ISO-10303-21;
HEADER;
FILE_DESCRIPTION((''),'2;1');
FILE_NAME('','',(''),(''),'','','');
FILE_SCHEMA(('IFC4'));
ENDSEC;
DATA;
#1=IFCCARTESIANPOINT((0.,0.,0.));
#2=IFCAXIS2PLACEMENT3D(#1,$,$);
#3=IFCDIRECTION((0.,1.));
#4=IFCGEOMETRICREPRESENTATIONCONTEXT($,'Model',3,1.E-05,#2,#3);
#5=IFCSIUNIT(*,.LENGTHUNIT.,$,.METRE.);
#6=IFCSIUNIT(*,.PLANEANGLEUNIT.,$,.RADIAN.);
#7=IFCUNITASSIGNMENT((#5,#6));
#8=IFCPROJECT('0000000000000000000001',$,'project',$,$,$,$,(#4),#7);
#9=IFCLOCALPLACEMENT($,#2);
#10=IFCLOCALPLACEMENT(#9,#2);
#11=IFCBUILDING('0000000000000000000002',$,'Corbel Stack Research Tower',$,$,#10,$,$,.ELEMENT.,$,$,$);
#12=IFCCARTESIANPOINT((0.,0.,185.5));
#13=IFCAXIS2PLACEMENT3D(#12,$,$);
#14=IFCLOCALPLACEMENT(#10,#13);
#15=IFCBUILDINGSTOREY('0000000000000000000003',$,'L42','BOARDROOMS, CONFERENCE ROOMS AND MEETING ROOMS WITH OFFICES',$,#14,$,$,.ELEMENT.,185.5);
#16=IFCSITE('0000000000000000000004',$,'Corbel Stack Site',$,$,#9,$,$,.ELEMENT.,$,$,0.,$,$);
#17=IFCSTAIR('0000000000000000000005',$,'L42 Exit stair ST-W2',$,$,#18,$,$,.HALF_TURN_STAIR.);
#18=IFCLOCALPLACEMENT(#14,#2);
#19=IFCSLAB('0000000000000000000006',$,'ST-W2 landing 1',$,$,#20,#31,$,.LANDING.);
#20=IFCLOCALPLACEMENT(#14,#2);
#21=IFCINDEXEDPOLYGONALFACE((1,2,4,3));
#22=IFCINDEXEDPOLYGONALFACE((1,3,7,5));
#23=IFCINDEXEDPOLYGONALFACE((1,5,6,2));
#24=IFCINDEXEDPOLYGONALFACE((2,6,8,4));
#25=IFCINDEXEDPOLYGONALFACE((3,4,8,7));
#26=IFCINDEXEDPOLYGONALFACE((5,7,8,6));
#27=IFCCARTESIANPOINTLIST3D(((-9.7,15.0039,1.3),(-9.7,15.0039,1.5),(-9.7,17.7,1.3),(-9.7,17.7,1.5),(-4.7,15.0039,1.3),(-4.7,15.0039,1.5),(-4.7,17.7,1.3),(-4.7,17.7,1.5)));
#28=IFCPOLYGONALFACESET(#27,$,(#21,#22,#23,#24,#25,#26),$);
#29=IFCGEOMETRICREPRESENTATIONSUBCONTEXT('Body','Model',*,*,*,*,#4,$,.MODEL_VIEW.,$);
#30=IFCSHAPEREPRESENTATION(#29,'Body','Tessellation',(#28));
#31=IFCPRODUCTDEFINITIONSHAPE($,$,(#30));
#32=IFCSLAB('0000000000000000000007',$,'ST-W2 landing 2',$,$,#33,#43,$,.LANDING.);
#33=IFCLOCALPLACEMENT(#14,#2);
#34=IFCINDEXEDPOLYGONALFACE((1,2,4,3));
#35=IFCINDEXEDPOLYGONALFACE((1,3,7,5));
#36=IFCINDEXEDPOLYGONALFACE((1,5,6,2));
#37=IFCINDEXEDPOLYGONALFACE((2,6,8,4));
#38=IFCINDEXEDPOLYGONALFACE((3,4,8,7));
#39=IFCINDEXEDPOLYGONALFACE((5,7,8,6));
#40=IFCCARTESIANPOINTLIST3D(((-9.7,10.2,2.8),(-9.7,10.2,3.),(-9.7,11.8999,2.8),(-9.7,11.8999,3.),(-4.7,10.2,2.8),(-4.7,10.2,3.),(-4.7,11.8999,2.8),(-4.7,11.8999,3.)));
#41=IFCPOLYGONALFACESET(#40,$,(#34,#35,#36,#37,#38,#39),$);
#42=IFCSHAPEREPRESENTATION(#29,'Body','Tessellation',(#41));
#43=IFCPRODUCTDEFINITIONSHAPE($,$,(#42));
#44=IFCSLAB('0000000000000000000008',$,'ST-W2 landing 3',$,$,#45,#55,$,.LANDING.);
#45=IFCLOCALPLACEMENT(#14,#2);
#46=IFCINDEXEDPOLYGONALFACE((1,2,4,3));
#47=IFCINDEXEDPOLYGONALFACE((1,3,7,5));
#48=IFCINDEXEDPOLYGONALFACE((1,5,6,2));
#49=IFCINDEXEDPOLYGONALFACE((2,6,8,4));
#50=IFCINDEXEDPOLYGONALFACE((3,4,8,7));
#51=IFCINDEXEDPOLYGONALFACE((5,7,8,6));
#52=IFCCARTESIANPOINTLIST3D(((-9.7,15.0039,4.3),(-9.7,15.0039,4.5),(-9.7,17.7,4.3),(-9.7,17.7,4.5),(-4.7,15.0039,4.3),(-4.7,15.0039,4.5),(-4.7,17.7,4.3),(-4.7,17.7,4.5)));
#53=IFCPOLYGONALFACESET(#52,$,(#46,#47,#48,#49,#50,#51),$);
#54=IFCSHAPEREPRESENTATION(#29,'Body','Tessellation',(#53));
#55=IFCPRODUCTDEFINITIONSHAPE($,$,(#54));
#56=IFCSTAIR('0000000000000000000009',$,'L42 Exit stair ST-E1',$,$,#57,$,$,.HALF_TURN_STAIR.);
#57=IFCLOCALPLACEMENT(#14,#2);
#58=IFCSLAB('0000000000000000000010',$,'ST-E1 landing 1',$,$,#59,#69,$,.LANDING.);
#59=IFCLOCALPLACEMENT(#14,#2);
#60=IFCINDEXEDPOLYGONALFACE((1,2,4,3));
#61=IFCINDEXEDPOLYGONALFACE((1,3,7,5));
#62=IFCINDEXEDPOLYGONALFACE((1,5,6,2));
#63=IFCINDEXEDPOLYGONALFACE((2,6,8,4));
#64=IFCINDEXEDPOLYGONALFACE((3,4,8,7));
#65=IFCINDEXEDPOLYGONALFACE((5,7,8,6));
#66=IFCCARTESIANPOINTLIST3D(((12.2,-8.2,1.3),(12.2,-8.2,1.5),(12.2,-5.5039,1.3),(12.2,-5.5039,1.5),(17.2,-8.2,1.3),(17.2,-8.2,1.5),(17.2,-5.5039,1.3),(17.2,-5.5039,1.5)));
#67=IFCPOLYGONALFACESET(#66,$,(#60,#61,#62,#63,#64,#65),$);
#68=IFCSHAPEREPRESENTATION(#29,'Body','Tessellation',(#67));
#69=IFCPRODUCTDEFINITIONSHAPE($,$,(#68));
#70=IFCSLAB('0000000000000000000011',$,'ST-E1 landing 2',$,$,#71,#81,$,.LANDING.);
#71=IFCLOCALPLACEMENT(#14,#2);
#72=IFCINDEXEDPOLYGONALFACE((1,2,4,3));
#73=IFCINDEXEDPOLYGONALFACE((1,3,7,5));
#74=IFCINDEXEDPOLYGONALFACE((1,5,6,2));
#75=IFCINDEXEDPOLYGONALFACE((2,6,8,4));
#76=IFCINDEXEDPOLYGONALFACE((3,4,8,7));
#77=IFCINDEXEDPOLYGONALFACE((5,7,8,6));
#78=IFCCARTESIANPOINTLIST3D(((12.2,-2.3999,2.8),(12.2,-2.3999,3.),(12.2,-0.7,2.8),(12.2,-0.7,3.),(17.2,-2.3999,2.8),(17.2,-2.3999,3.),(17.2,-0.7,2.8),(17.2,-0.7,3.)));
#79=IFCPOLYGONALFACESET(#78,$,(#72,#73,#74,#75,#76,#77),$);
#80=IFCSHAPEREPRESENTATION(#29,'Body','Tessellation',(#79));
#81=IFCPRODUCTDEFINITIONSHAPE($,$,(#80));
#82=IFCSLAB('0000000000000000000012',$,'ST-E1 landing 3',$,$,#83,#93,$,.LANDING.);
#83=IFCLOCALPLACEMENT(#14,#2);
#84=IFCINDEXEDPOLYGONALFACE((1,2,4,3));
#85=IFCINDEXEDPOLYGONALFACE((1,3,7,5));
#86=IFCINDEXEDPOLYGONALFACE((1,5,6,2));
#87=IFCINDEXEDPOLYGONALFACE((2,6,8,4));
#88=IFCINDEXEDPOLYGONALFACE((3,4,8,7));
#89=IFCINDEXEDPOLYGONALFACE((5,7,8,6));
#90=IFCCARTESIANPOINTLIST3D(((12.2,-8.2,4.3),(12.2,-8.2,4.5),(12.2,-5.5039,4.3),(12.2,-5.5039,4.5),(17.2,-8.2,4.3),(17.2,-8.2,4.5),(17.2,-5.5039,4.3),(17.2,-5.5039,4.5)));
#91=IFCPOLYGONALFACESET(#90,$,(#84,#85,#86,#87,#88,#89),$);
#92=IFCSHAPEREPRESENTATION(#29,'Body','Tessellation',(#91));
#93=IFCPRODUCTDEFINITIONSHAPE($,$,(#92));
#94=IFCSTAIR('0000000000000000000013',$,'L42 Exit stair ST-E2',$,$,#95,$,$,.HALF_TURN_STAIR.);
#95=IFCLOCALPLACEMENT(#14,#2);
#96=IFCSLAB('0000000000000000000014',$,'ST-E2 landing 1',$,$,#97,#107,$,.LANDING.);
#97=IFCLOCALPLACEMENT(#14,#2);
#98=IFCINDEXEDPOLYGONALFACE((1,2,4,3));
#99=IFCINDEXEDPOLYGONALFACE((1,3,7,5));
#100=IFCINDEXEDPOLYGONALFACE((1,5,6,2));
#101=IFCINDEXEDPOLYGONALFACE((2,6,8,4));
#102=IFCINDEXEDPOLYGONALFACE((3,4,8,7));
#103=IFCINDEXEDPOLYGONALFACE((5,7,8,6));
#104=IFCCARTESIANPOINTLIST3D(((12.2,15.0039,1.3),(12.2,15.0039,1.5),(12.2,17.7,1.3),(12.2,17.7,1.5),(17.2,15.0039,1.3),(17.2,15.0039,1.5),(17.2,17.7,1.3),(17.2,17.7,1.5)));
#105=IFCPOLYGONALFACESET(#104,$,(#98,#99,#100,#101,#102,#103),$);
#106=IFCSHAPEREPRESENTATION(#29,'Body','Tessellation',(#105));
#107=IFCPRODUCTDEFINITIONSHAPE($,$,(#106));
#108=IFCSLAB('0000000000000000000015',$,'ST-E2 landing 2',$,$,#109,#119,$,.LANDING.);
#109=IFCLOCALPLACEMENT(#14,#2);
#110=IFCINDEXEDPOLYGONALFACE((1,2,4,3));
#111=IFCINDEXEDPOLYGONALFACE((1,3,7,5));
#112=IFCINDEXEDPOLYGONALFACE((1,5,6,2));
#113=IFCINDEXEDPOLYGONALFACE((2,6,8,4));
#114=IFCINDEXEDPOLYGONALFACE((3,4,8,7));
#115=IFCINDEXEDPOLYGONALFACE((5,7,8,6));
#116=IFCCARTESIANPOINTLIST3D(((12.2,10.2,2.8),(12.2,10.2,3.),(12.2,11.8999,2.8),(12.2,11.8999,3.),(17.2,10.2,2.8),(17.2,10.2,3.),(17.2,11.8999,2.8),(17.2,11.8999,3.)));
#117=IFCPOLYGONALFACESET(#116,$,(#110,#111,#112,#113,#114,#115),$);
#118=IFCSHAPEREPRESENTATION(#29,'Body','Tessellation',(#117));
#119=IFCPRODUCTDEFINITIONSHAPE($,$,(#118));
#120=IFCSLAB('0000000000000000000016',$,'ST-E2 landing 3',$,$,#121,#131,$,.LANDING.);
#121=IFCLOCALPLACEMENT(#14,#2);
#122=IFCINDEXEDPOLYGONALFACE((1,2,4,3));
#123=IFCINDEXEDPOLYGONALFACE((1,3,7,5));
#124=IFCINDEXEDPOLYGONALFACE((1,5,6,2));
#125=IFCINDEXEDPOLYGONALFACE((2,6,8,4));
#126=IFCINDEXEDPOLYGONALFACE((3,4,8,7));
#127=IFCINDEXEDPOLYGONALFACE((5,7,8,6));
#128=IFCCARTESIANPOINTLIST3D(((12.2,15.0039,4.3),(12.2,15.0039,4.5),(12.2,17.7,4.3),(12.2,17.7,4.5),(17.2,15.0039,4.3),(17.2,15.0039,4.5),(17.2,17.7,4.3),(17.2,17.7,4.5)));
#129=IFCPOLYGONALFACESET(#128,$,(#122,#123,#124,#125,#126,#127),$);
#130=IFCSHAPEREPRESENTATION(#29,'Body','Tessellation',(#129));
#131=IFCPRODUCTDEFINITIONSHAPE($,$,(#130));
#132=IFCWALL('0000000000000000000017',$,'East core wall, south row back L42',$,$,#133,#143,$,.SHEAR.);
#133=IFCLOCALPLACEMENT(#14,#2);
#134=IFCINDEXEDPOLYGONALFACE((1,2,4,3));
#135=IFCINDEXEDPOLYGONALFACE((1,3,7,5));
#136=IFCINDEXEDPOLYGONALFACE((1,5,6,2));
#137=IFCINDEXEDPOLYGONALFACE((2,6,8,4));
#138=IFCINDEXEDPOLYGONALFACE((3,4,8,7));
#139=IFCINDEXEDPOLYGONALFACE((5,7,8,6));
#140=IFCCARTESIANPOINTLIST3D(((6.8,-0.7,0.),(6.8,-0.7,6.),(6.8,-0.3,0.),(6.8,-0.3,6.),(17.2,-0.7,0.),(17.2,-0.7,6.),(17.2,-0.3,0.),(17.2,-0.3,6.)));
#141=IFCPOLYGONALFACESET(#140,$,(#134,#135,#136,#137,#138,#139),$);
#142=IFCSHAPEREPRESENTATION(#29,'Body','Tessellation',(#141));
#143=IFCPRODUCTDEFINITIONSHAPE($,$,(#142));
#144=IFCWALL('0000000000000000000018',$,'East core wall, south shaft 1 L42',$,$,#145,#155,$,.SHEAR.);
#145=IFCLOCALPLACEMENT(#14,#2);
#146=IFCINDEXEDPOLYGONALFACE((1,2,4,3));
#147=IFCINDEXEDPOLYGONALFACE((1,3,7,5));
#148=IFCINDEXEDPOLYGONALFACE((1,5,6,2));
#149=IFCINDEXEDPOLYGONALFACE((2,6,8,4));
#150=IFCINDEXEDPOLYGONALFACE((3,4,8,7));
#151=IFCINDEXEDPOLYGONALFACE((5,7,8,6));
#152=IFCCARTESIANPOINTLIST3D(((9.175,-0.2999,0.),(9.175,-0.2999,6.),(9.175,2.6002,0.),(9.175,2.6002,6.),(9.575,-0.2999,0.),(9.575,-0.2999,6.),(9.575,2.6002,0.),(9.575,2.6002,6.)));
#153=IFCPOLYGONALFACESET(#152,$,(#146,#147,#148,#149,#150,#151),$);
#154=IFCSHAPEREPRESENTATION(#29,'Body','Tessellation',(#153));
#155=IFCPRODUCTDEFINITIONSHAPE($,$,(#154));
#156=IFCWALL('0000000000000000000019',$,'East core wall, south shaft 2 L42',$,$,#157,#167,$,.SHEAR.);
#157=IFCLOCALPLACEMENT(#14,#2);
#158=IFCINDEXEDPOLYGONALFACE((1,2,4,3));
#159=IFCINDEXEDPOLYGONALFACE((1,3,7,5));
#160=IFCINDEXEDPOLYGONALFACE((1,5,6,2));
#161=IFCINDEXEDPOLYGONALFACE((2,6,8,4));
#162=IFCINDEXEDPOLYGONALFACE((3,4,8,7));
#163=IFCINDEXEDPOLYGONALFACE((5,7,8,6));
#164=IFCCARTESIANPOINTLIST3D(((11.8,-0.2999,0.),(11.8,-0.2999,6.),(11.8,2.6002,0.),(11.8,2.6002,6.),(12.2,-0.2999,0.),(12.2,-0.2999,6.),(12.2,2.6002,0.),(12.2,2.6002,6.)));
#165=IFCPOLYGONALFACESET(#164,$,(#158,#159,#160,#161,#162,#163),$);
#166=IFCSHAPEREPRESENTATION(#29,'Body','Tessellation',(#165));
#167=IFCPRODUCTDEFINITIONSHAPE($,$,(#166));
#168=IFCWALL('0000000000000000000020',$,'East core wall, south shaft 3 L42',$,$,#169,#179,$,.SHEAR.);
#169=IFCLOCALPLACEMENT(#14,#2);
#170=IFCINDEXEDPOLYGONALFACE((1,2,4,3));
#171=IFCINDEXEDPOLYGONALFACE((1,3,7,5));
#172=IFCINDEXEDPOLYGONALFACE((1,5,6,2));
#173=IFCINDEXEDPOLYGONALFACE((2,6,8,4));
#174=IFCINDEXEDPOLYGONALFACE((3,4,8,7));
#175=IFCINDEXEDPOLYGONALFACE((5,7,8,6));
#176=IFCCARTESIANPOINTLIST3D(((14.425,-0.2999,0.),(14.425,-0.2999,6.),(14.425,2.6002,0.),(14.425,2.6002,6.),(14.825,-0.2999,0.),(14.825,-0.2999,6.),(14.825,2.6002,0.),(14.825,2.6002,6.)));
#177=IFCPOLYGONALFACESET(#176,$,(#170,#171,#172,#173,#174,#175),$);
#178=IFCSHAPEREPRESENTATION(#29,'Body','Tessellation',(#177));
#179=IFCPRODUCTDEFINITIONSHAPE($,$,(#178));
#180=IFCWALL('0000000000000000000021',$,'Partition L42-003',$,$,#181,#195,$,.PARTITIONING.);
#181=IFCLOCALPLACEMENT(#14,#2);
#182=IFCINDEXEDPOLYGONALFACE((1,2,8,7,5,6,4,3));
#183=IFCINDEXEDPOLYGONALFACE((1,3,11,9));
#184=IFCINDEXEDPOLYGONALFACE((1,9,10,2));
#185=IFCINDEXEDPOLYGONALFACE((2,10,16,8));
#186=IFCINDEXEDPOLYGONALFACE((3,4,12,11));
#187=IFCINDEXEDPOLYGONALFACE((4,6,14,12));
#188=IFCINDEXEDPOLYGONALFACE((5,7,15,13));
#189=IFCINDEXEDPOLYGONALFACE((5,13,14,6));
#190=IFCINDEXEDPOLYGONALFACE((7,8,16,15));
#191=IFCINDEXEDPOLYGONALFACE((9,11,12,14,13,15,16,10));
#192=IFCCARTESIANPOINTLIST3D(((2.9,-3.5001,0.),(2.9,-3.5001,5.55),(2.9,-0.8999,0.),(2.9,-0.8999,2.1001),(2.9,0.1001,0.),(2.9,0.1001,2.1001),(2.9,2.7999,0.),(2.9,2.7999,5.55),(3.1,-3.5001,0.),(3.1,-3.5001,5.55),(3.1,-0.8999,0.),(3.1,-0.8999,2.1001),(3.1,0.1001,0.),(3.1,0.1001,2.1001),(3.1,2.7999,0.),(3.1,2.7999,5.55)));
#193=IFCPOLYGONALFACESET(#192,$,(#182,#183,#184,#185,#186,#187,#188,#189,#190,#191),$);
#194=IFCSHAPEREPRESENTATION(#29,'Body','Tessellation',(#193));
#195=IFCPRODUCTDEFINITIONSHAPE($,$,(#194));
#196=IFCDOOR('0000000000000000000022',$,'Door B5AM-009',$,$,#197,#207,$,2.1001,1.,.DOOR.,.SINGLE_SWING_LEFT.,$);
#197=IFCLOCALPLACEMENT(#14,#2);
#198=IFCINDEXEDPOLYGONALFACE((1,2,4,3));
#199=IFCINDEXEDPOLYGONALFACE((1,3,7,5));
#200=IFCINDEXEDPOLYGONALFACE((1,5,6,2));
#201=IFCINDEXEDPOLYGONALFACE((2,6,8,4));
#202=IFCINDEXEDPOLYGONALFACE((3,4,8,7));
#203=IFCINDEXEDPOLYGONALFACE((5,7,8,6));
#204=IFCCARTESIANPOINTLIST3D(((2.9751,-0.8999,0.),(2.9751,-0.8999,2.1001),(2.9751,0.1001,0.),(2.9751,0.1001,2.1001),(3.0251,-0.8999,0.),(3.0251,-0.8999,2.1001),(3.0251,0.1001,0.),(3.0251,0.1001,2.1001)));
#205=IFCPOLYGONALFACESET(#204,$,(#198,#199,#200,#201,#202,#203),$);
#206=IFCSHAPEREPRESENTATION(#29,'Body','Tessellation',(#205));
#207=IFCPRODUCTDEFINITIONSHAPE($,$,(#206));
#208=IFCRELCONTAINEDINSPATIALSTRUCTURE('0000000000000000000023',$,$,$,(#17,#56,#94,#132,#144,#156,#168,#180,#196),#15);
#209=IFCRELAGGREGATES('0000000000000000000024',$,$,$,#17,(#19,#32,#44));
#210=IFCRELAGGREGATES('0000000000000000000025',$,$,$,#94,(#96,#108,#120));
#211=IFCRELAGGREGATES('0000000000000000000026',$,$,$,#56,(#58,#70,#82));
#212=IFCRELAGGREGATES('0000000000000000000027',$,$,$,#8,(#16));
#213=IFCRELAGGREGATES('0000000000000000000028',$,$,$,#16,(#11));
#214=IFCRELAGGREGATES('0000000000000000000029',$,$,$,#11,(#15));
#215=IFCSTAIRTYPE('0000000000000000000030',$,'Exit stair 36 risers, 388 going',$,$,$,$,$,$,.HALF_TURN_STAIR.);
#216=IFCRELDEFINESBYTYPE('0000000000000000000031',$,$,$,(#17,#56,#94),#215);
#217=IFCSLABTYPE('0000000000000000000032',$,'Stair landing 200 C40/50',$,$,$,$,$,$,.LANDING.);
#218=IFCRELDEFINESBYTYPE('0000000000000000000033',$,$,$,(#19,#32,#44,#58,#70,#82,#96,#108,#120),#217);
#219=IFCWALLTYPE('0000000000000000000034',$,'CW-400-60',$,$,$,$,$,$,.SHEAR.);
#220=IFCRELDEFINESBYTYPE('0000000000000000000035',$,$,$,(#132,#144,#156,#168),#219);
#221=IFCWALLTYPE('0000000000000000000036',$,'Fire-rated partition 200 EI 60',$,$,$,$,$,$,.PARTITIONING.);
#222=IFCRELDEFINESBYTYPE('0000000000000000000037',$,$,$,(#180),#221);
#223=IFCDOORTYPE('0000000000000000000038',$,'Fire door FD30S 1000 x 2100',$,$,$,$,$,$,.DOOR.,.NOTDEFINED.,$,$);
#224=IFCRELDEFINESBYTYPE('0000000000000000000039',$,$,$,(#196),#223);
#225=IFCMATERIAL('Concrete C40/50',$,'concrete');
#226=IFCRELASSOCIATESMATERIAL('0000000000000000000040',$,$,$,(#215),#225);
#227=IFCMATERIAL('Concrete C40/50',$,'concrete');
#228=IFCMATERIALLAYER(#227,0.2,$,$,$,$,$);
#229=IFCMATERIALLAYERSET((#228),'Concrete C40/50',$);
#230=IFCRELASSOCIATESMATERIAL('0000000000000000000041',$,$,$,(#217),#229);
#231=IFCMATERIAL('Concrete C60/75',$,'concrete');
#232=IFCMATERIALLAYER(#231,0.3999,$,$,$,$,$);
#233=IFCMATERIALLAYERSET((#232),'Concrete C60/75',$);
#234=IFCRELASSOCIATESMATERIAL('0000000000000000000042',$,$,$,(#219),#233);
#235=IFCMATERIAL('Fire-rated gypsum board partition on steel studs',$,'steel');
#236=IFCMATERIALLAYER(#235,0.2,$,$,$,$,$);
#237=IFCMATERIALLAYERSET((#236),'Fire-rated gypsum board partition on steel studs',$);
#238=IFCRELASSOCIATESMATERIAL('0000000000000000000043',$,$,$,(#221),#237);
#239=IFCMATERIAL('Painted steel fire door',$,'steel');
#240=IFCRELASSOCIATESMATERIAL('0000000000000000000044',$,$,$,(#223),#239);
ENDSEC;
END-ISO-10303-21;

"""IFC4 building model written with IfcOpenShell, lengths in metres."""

from ifc_helpers import new_model, si_unit, direction, frame, frame_2d, origin, place, context, subcontext, project, spatial, polyline, rectangle, outline, extrude, material, layer, layer_set, type_object, element, fill, aggregate, save


model = new_model("IFC4")

# Units and contexts
model_context = context("Model", 3, precision=1e-05, world=origin(), true_north=direction((0.0, 1.0)))
body_context = subcontext(model_context, "Body", "Model", "MODEL_VIEW")
ifc_project = project(units=[si_unit("LENGTHUNIT", "METRE"), si_unit("PLANEANGLEUNIT", "RADIAN")], contexts=[model_context])

# Site, building, storey
site_placement = place(None, origin())
site = spatial("IfcSite", under=ifc_project, at=site_placement, Name="Corbel Stack Site", CompositionType="ELEMENT", RefElevation=0.0)
building_placement = place(site_placement, origin())
building = spatial("IfcBuilding", under=site, at=building_placement, Name="Corbel Stack Research Tower", CompositionType="ELEMENT")
storey_placement = place(building_placement, frame((0.0, 0.0, 185.5)))
storey = spatial("IfcBuildingStorey", under=building, at=storey_placement, Name="L42", Description="BOARDROOMS, CONFERENCE ROOMS AND MEETING ROOMS WITH OFFICES", CompositionType="ELEMENT", Elevation=185.5)

# Stairs, slabs
ifc_material_1 = material(Name="Concrete C40/50", Category="concrete")
stair_type = type_object("IfcStairType", Name="Exit stair 36 risers, 388 going", PredefinedType="HALF_TURN_STAIR", material=ifc_material_1)
stair_1_placement = place(storey_placement, origin())
stair_1 = element("IfcStair", 1, at=stair_1_placement, inside=storey, type_object=stair_type, Name="L42 Exit stair ST-W2", PredefinedType="HALF_TURN_STAIR")
ifc_material_2 = material(Name="Concrete C40/50", Category="concrete")
ifc_layer_1 = layer(ifc_material_2, 0.2)
ifc_layer_set_1 = layer_set([ifc_layer_1], Name="Concrete C40/50")
slab_type = type_object("IfcSlabType", Name="Stair landing 200 C40/50", PredefinedType="LANDING", material=ifc_layer_set_1)
slab_1_placement = place(storey_placement, frame((0.0, 0.0, 1.3)))
slab_1 = element("IfcSlab", 2, at=slab_1_placement, type_object=slab_type, Name="ST-W2 landing 1", PredefinedType="LANDING", context=body_context, shape_type="SweptSolid", body=[
    extrude(outline(polyline([(-9.7, 15.0039), (-9.7, 17.7), (-4.7, 17.7), (-4.7, 15.0039), (-9.7, 15.0039)])), origin(), (0.0, 0.0, 1.0), 0.2),
])
slab_2_placement = place(storey_placement, frame((0.0, 0.0, 2.8)))
slab_2 = element("IfcSlab", 3, at=slab_2_placement, type_object=slab_type, Name="ST-W2 landing 2", PredefinedType="LANDING", context=body_context, shape_type="SweptSolid", body=[
    extrude(outline(polyline([(-9.7, 10.2), (-9.7, 11.8999), (-4.7, 11.8999), (-4.7, 10.2), (-9.7, 10.2)])), origin(), (0.0, 0.0, 1.0), 0.2),
])
slab_3_placement = place(storey_placement, frame((0.0, 0.0, 4.3)))
slab_3 = element("IfcSlab", 4, at=slab_3_placement, type_object=slab_type, Name="ST-W2 landing 3", PredefinedType="LANDING", context=body_context, shape_type="SweptSolid", body=[
    extrude(outline(polyline([(-9.7, 15.0039), (-9.7, 17.7), (-4.7, 17.7), (-4.7, 15.0039), (-9.7, 15.0039)])), origin(), (0.0, 0.0, 1.0), 0.2),
])
aggregate(stair_1, [slab_1, slab_2, slab_3])
stair_2_placement = place(storey_placement, origin())
stair_2 = element("IfcStair", 5, at=stair_2_placement, inside=storey, type_object=stair_type, Name="L42 Exit stair ST-E1", PredefinedType="HALF_TURN_STAIR")
slab_4_placement = place(storey_placement, frame((0.0, 0.0, 1.3)))
slab_4 = element("IfcSlab", 6, at=slab_4_placement, type_object=slab_type, Name="ST-E1 landing 1", PredefinedType="LANDING", context=body_context, shape_type="SweptSolid", body=[
    extrude(outline(polyline([(12.2, -8.2), (12.2, -5.5039), (17.2, -5.5039), (17.2, -8.2), (12.2, -8.2)])), origin(), (0.0, 0.0, 1.0), 0.2),
])
slab_5_placement = place(storey_placement, frame((0.0, 0.0, 2.8)))
slab_5 = element("IfcSlab", 7, at=slab_5_placement, type_object=slab_type, Name="ST-E1 landing 2", PredefinedType="LANDING", context=body_context, shape_type="SweptSolid", body=[
    extrude(outline(polyline([(12.2, -2.3999), (12.2, -0.7), (17.2, -0.7), (17.2, -2.3999), (12.2, -2.3999)])), origin(), (0.0, 0.0, 1.0), 0.2),
])
slab_6_placement = place(storey_placement, frame((0.0, 0.0, 4.3)))
slab_6 = element("IfcSlab", 8, at=slab_6_placement, type_object=slab_type, Name="ST-E1 landing 3", PredefinedType="LANDING", context=body_context, shape_type="SweptSolid", body=[
    extrude(outline(polyline([(12.2, -8.2), (12.2, -5.5039), (17.2, -5.5039), (17.2, -8.2), (12.2, -8.2)])), origin(), (0.0, 0.0, 1.0), 0.2),
])
stair_3_placement = place(storey_placement, origin())
stair_3 = element("IfcStair", 9, at=stair_3_placement, inside=storey, type_object=stair_type, Name="L42 Exit stair ST-E2", PredefinedType="HALF_TURN_STAIR")
slab_7_placement = place(storey_placement, frame((0.0, 0.0, 1.3)))
slab_7 = element("IfcSlab", 10, at=slab_7_placement, type_object=slab_type, Name="ST-E2 landing 1", PredefinedType="LANDING", context=body_context, shape_type="SweptSolid", body=[
    extrude(outline(polyline([(12.2, 15.0039), (12.2, 17.7), (17.2, 17.7), (17.2, 15.0039), (12.2, 15.0039)])), origin(), (0.0, 0.0, 1.0), 0.2),
])
slab_8_placement = place(storey_placement, frame((0.0, 0.0, 2.8)))
slab_8 = element("IfcSlab", 11, at=slab_8_placement, type_object=slab_type, Name="ST-E2 landing 2", PredefinedType="LANDING", context=body_context, shape_type="SweptSolid", body=[
    extrude(outline(polyline([(12.2, 10.2), (12.2, 11.8999), (17.2, 11.8999), (17.2, 10.2), (12.2, 10.2)])), origin(), (0.0, 0.0, 1.0), 0.2),
])
slab_9_placement = place(storey_placement, frame((0.0, 0.0, 4.3)))
slab_9 = element("IfcSlab", 12, at=slab_9_placement, type_object=slab_type, Name="ST-E2 landing 3", PredefinedType="LANDING", context=body_context, shape_type="SweptSolid", body=[
    extrude(outline(polyline([(12.2, 15.0039), (12.2, 17.7), (17.2, 17.7), (17.2, 15.0039), (12.2, 15.0039)])), origin(), (0.0, 0.0, 1.0), 0.2),
])
aggregate(stair_3, [slab_7, slab_8, slab_9])

# Walls
ifc_material_3 = material(Name="Concrete C60/75", Category="concrete")
ifc_layer_2 = layer(ifc_material_3, 0.3999)
ifc_layer_set_2 = layer_set([ifc_layer_2], Name="Concrete C60/75")
wall_type_1 = type_object("IfcWallType", Name="CW-400-60", PredefinedType="SHEAR", material=ifc_layer_set_2)
wall_1_placement = place(storey_placement, frame((6.8, -0.5, 0.0), z_axis=(0.0, 0.0, 1.0), x_axis=(1.0, 0.0, 0.0)))
element("IfcWall", 13, at=wall_1_placement, inside=storey, type_object=wall_type_1, Name="East core wall, south row back L42", PredefinedType="SHEAR", context=body_context, shape_type="SweptSolid", body=[
    extrude(rectangle(XDim=10.3999, YDim=0.3999, at=frame_2d((5.2, 0.0))), origin(), (0.0, 0.0, 1.0), 6.0),
])
for number, where, z_axis, x_axis, name in (
    (14, (9.375, -0.3, 0.0), (0.0, 0.0, 1.0), (0.0, 1.0, 0.0), "East core wall, south shaft 1 L42"),
    (15, (12.0, -0.3, 0.0), (0.0, 0.0, 1.0), (0.0, 1.0, 0.0), "East core wall, south shaft 2 L42"),
    (16, (14.625, -0.3, 0.0), (0.0, 0.0, 1.0), (0.0, 1.0, 0.0), "East core wall, south shaft 3 L42"),
):
    element("IfcWall", number, at=place(storey_placement, frame(where, z_axis=z_axis, x_axis=x_axis)), inside=storey, type_object=wall_type_1, Name=name, PredefinedType="SHEAR", context=body_context, shape_type="SweptSolid", body=[
        extrude(rectangle(XDim=2.9001, YDim=0.3999, at=frame_2d((1.4502, 0.0))), origin(), (0.0, 0.0, 1.0), 6.0),
    ])

# Wall, opening, door
ifc_material_4 = material(Name="Fire-rated gypsum board partition on steel studs", Category="steel")
ifc_layer_3 = layer(ifc_material_4, 0.2)
ifc_layer_set_3 = layer_set([ifc_layer_3], Name="Fire-rated gypsum board partition on steel studs")
wall_type_2 = type_object("IfcWallType", Name="Fire-rated partition 200 EI 60", PredefinedType="PARTITIONING", material=ifc_layer_set_3)
wall_2_placement = place(storey_placement, frame((3.0, -3.5, 0.0), z_axis=(0.0, 0.0, 1.0), x_axis=(0.0, 1.0, 0.0)))
wall_2 = element("IfcWall", 17, at=wall_2_placement, inside=storey, type_object=wall_type_2, Name="Partition L42-003", PredefinedType="PARTITIONING", context=body_context, shape_type="SweptSolid", body=[
    extrude(rectangle(XDim=6.3, YDim=0.2, at=frame_2d((3.1499, 0.0))), origin(), (0.0, 0.0, 1.0), 5.55),
])
opening_placement = place(wall_2_placement, frame((2.6001, 0.0, 0.0)))
opening = element("IfcOpeningElement", 18, at=opening_placement, cuts=wall_2, PredefinedType="OPENING", context=body_context, shape_type="SweptSolid", body=[
    extrude(rectangle(XDim=1.0, YDim=2.1001, at=frame_2d((0.5, 1.05))), frame((0.0, 0.1099, 0.0), z_axis=(0.0, -1.0, 0.0), x_axis=(1.0, 0.0, 0.0)), (0.0, 0.0, 1.0), 0.22),
])
ifc_material_5 = material(Name="Painted steel fire door", Category="steel")
door_type = type_object("IfcDoorType", Name="Fire door FD30S 1000 x 2100", OperationType="NOTDEFINED", PredefinedType="DOOR", material=ifc_material_5)
door_placement = place(opening_placement, origin())
door = element("IfcDoor", 19, at=door_placement, inside=storey, type_object=door_type, Name="Door B5AM-009", OperationType="SINGLE_SWING_LEFT", OverallHeight=2.1001, OverallWidth=1.0, PredefinedType="DOOR", context=body_context, shape_type="SweptSolid", body=[
    extrude(rectangle(XDim=1.0, YDim=2.1001, at=frame_2d((0.5, 1.05))), frame((0.0, 0.0249, 0.0), z_axis=(0.0, -1.0, 0.0), x_axis=(1.0, 0.0, 0.0)), (0.0, 0.0, 1.0), 0.05),
])
fill(opening, door)

aggregate(stair_2, [slab_4, slab_5, slab_6])

save(model, "model.ifc")
